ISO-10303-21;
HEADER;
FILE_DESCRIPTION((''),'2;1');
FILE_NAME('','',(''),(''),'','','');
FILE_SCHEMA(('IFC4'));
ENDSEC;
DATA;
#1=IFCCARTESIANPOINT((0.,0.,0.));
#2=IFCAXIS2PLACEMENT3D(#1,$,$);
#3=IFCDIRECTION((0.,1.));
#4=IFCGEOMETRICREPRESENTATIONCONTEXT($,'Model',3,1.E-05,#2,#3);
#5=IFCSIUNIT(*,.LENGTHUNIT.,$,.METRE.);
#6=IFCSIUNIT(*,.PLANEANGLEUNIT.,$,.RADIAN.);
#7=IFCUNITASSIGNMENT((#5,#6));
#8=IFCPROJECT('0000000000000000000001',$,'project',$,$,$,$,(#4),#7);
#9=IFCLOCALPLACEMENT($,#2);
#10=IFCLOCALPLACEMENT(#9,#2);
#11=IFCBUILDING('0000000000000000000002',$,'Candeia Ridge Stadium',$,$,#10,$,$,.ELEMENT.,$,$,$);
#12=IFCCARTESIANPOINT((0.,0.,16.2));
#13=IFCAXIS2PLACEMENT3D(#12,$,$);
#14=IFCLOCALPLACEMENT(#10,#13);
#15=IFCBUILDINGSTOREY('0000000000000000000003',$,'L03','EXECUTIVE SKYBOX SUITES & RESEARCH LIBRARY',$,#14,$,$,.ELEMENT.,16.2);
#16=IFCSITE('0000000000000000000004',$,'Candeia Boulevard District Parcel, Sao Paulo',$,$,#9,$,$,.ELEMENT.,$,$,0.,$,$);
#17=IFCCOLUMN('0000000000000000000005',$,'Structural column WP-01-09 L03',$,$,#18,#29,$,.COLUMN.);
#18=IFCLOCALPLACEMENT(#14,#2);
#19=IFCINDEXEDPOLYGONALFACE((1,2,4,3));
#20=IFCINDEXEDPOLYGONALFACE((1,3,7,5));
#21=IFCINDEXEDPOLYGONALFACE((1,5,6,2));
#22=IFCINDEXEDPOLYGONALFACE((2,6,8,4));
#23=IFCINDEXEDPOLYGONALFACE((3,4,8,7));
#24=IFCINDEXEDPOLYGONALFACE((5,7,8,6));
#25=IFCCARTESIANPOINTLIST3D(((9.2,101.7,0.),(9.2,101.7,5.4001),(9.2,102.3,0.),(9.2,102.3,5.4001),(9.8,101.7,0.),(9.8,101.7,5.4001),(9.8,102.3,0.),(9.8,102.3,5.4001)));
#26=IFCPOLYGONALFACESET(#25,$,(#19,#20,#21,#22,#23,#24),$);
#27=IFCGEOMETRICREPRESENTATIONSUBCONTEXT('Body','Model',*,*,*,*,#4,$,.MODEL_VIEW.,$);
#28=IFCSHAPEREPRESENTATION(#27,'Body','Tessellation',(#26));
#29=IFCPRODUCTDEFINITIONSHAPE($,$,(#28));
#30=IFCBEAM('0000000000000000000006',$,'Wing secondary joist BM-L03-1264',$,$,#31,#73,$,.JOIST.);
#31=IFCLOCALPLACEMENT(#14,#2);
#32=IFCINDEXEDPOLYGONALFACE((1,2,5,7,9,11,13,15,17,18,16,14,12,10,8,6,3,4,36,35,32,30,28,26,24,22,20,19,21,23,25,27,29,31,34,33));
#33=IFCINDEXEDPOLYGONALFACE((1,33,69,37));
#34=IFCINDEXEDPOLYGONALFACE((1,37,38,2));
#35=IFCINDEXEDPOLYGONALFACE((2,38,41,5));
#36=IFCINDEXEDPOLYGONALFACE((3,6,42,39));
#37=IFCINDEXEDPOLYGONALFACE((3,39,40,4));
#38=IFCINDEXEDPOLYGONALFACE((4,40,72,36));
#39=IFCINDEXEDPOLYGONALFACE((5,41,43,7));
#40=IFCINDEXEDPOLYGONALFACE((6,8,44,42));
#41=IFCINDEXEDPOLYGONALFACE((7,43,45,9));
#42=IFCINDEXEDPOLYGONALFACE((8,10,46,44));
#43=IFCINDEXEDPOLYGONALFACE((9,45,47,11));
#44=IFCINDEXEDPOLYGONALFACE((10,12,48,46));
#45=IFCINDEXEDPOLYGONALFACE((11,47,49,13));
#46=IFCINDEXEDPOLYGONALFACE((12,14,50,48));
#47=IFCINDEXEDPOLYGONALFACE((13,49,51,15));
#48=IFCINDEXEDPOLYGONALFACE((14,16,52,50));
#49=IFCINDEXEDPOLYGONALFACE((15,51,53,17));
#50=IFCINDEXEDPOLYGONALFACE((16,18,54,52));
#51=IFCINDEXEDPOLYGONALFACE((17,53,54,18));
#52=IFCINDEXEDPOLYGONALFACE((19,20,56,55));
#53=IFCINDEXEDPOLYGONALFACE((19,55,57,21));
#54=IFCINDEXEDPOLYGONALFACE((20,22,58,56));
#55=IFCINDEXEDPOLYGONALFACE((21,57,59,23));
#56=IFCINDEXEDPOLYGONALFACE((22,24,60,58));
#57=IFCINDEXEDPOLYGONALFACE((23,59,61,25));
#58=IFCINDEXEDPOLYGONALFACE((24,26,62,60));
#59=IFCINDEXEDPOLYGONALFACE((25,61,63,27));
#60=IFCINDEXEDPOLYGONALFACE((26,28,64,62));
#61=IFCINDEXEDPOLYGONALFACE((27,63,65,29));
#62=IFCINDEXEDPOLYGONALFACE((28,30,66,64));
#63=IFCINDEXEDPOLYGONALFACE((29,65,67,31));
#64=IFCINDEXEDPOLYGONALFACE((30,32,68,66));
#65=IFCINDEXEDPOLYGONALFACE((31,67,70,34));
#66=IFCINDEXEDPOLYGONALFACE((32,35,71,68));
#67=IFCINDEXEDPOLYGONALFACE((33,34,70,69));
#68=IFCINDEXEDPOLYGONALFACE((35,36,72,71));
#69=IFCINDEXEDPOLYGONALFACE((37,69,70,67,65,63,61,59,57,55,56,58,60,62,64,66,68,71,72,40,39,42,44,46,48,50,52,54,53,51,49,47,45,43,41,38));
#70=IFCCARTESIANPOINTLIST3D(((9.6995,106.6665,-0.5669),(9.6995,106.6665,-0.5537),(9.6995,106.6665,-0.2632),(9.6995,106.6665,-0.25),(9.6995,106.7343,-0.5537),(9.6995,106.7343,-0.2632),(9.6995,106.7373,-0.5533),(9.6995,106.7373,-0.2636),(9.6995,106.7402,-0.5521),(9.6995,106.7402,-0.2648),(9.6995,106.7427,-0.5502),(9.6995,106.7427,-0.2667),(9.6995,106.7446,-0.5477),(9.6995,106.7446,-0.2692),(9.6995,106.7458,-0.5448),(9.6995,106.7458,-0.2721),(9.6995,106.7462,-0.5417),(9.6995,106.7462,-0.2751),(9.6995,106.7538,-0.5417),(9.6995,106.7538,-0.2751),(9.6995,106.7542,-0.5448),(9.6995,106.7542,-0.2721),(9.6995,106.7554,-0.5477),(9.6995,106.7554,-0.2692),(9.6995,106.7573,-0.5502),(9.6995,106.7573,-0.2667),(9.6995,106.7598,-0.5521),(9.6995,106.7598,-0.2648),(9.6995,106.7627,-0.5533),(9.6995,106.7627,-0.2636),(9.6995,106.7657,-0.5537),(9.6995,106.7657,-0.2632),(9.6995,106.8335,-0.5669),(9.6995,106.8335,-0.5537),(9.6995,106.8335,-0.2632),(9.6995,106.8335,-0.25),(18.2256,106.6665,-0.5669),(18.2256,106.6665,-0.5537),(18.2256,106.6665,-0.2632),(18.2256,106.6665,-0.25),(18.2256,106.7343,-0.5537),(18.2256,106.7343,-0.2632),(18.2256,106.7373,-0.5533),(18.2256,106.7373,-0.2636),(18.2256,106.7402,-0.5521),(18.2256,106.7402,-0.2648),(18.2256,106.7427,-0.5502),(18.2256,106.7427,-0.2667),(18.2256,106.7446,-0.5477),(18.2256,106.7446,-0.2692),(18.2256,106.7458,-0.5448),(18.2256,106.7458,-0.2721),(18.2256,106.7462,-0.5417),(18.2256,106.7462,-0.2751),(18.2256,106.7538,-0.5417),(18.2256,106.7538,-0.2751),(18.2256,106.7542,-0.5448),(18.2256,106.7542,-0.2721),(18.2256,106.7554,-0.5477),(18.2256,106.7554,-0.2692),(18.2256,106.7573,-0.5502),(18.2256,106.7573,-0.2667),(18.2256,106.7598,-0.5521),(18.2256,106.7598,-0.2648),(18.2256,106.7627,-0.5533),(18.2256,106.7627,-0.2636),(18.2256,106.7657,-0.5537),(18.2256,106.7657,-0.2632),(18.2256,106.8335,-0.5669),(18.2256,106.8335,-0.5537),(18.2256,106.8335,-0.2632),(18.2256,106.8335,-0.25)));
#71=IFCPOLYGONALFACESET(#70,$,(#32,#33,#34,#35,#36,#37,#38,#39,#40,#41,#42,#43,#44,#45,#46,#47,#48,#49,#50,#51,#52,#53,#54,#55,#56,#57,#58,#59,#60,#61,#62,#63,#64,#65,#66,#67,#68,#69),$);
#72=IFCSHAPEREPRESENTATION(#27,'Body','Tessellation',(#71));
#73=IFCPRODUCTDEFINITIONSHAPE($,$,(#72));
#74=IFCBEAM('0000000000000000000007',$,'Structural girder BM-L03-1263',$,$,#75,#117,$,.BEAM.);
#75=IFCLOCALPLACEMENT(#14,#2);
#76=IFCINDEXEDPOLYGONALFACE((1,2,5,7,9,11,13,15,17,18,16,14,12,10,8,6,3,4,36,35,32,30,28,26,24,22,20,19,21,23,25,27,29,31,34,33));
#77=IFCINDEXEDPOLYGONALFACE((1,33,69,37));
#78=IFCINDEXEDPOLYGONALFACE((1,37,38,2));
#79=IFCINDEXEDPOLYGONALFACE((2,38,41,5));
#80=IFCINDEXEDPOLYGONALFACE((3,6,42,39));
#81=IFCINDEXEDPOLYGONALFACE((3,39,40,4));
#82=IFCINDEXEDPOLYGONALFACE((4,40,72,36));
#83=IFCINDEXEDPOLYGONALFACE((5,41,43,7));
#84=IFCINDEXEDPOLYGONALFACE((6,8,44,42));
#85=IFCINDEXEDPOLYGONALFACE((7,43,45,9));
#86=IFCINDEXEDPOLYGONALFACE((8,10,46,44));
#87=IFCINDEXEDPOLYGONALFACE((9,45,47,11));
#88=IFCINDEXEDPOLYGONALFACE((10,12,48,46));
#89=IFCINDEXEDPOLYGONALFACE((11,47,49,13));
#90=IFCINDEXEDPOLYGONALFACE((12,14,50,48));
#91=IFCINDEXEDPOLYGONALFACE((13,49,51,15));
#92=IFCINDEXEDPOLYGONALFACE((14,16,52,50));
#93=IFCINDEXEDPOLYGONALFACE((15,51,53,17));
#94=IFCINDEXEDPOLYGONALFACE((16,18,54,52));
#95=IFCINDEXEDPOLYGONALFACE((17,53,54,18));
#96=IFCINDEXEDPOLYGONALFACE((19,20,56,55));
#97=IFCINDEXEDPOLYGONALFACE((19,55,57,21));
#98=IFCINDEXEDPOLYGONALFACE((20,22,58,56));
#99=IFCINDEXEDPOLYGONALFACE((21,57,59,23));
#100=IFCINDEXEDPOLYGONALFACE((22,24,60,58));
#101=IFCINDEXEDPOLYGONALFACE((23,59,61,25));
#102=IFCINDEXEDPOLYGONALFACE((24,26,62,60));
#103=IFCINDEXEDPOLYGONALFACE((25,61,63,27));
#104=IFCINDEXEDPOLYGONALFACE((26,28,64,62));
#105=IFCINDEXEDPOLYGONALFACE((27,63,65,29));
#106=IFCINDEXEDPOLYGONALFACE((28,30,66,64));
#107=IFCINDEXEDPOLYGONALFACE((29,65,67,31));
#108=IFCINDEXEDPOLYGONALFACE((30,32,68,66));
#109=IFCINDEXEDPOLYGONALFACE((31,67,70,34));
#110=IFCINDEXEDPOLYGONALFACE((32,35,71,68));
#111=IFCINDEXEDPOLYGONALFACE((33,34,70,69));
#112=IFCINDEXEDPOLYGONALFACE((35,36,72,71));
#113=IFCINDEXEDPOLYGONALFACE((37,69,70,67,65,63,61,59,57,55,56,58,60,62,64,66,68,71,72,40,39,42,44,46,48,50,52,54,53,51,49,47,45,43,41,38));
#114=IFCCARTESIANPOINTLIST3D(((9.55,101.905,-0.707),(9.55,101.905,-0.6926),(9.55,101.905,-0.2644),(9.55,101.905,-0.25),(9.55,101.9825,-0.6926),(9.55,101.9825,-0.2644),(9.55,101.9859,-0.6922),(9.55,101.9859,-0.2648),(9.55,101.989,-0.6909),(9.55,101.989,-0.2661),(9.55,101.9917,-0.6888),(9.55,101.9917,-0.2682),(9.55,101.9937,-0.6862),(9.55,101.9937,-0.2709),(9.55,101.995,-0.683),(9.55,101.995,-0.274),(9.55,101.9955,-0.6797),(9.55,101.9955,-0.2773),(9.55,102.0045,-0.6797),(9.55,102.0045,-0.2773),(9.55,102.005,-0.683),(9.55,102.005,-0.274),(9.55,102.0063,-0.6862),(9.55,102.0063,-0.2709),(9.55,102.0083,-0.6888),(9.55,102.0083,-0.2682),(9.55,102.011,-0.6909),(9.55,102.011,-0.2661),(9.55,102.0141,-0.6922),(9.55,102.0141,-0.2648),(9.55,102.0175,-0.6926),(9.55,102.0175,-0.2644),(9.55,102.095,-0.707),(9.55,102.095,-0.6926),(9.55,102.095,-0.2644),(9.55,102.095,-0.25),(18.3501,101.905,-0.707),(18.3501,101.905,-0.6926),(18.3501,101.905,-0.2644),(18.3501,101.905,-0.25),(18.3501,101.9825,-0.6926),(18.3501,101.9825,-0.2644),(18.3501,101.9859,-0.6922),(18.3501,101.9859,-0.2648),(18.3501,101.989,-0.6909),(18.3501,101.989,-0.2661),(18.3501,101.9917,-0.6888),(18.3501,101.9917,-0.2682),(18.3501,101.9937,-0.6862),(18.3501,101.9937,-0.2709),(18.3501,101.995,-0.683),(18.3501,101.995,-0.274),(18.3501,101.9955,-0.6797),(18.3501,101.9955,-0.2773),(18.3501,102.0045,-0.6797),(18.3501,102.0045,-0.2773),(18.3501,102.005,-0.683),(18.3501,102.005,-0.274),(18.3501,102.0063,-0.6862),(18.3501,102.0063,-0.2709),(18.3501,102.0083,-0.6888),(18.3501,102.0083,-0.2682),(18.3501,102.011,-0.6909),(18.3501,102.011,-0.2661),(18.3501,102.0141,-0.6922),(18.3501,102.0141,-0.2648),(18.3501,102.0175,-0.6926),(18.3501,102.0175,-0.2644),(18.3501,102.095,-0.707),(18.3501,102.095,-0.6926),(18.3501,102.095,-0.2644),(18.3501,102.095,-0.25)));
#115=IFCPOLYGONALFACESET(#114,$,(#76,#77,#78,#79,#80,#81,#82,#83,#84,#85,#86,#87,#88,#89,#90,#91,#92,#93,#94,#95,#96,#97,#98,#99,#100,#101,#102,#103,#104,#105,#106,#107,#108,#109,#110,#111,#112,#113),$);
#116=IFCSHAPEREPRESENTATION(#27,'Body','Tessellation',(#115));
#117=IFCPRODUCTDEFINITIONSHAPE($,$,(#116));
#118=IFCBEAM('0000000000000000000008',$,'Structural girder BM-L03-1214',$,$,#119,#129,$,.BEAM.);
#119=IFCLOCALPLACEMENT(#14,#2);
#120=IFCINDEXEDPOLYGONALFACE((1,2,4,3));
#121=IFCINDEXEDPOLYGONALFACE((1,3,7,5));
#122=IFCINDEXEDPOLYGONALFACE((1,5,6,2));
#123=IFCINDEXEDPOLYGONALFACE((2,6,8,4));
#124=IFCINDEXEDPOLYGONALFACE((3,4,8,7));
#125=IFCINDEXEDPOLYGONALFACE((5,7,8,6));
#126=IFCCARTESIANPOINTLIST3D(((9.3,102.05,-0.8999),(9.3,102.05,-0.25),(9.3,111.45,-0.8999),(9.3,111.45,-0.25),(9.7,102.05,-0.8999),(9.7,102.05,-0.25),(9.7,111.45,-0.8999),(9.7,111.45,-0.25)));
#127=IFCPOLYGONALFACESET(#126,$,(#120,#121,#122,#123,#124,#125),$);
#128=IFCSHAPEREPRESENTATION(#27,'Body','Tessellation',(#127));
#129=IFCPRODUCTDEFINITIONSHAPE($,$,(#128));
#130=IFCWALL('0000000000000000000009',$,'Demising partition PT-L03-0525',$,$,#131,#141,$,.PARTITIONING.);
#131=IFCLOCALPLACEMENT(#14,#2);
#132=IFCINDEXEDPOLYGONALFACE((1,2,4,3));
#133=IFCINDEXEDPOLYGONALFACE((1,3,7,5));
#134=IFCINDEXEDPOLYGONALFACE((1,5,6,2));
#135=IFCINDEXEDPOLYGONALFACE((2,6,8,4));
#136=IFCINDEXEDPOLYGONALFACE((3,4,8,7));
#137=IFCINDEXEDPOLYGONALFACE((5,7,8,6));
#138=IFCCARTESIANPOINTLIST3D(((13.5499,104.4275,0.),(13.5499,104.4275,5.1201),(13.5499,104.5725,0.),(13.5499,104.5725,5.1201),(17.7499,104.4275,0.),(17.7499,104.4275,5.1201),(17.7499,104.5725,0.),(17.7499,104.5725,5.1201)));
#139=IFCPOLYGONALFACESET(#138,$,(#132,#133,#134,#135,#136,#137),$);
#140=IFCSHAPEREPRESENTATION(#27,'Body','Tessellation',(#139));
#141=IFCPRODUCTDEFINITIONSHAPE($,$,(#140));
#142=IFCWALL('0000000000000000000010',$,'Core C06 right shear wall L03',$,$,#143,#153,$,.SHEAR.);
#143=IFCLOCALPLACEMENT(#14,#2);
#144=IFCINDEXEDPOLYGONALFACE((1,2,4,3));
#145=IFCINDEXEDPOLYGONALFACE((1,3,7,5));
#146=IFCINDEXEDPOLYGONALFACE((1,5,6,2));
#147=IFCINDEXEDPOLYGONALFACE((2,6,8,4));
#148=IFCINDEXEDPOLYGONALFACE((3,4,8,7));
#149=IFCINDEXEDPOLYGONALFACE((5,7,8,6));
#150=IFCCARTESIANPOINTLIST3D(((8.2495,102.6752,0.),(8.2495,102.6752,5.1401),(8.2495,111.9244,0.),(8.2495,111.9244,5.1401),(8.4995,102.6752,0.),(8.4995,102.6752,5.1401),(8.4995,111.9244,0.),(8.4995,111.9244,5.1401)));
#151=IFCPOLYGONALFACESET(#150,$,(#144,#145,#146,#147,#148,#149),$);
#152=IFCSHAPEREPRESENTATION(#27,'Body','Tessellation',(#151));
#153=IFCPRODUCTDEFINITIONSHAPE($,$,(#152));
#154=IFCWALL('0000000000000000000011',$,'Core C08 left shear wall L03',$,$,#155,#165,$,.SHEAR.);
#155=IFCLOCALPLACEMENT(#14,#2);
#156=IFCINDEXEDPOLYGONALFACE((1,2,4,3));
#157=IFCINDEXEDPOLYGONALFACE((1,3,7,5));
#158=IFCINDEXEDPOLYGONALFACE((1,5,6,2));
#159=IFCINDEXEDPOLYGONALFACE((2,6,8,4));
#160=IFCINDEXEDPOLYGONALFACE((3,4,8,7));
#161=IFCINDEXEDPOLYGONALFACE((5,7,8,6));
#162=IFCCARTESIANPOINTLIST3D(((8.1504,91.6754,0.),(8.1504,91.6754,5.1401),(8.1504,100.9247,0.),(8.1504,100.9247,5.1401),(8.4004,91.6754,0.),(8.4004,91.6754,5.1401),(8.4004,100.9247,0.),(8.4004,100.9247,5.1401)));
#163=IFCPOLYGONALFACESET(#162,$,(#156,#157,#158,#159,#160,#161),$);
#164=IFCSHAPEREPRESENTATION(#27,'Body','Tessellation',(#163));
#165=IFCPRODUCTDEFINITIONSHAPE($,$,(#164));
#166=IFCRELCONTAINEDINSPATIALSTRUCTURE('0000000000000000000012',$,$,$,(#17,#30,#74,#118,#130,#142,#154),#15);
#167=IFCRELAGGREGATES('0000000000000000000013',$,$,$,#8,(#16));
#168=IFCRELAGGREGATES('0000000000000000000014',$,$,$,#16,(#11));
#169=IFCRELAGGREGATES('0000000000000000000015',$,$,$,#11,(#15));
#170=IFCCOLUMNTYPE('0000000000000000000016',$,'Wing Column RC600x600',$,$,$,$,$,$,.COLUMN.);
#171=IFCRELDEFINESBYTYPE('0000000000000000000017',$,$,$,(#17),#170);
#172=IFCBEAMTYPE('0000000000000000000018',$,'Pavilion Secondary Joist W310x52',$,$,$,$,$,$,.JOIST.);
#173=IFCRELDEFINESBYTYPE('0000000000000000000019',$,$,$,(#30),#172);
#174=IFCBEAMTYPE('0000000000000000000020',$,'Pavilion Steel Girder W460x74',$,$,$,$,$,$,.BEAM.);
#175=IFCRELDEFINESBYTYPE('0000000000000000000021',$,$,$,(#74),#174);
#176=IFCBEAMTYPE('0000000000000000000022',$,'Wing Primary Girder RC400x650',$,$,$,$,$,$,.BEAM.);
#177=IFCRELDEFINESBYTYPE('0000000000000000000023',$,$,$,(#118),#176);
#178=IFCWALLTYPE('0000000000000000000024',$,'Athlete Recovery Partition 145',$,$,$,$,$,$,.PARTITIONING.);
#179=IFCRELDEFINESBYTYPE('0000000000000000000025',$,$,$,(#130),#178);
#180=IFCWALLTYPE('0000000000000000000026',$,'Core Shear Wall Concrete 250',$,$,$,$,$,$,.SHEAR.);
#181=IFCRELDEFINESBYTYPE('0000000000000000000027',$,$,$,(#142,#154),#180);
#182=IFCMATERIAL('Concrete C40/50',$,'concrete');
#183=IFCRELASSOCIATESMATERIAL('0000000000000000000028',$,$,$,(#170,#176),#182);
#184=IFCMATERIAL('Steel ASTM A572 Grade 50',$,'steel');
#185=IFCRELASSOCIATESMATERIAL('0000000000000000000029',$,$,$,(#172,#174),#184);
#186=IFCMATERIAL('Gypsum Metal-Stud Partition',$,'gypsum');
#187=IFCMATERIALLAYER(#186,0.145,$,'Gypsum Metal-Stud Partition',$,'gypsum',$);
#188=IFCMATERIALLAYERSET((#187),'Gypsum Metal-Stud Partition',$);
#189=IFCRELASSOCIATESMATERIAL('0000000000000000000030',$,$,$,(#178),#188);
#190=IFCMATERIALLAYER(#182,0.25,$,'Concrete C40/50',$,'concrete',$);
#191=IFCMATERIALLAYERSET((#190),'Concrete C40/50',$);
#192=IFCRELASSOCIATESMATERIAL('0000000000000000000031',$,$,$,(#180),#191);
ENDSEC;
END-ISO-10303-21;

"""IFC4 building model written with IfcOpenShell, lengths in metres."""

from ifc_helpers import new_model, si_unit, direction, frame, frame_2d, origin, origin_2d, place, context, subcontext, project, spatial, rectangle, i_section, extrude, material, layer, layer_set, material_profile, profile_set, type_object, element, save


model = new_model("IFC4")

# Units and contexts
model_context = context("Model", 3, precision=1e-05, world=origin(), true_north=direction((0.0, 1.0)))
body_context = subcontext(model_context, "Body", "Model", "MODEL_VIEW")
ifc_project = project(units=[si_unit("LENGTHUNIT", "METRE"), si_unit("PLANEANGLEUNIT", "RADIAN")], contexts=[model_context])

# Site, building, storey
site_placement = place(None, origin())
site = spatial("IfcSite", under=ifc_project, at=site_placement, Name="Candeia Boulevard District Parcel, Sao Paulo", CompositionType="ELEMENT", RefElevation=0.0)
building_placement = place(site_placement, origin())
building = spatial("IfcBuilding", under=site, at=building_placement, Name="Candeia Ridge Stadium", CompositionType="ELEMENT")
storey_placement = place(building_placement, frame((0.0, 0.0, 16.2)))
storey = spatial("IfcBuildingStorey", under=building, at=storey_placement, Name="L03", Description="EXECUTIVE SKYBOX SUITES & RESEARCH LIBRARY", CompositionType="ELEMENT", Elevation=16.2)

# Column
ifc_material_1 = material(Name="Concrete C40/50", Category="concrete")
ifc_material_profile_1 = material_profile(ifc_material_1, rectangle(XDim=0.6001, YDim=0.6001, at=origin_2d()), Name="RC600x600", Category="concrete")
ifc_profile_set_1 = profile_set([ifc_material_profile_1], Name="Concrete C40/50")
column_type = type_object("IfcColumnType", Name="Wing Column RC600x600", PredefinedType="COLUMN", material=ifc_profile_set_1)
column_placement = place(storey_placement, frame((9.5, 102.0, 0.0), z_axis=(0.0, 0.0, 1.0), x_axis=(1.0, 0.0, 0.0)))
element("IfcColumn", 1, at=column_placement, inside=storey, type_object=column_type, Name="Structural column WP-01-09 L03", PredefinedType="COLUMN", context=body_context, shape_type="SweptSolid", body=[
    extrude(rectangle(XDim=0.6001, YDim=0.6001, at=origin_2d()), origin(), (0.0, 0.0, 1.0), 5.4001),
])

# Beams
ifc_material_2 = material(Name="Steel ASTM A572 Grade 50", Category="steel")
ifc_material_profile_2 = material_profile(ifc_material_2, i_section(OverallWidth=0.167, OverallDepth=0.3169, WebThickness=0.0076, FlangeThickness=0.0132, FilletRadius=0.012, at=origin_2d()), Name="W310x52", Category="steel")
ifc_profile_set_2 = profile_set([ifc_material_profile_2], Name="Steel ASTM A572 Grade 50")
beam_type_1 = type_object("IfcBeamType", Name="Pavilion Secondary Joist W310x52", PredefinedType="JOIST", material=ifc_profile_set_2)
beam_1_placement = place(storey_placement, frame((9.6995, 106.75, -0.4084), z_axis=(1.0, 0.0, 0.0), x_axis=(0.0, 1.0, 0.0)))
element("IfcBeam", 2, at=beam_1_placement, inside=storey, type_object=beam_type_1, Name="Wing secondary joist BM-L03-1264", PredefinedType="JOIST", context=body_context, shape_type="SweptSolid", body=[
    extrude(i_section(OverallWidth=0.167, OverallDepth=0.3169, WebThickness=0.0076, FlangeThickness=0.0132, FilletRadius=0.012, at=origin_2d()), origin(), (0.0, 0.0, 1.0), 8.5261),
])
ifc_material_profile_3 = material_profile(ifc_material_2, i_section(OverallWidth=0.1899, OverallDepth=0.457, WebThickness=0.009, FlangeThickness=0.0144, FilletRadius=0.0129, at=origin_2d()), Name="W460x74", Category="steel")
ifc_profile_set_3 = profile_set([ifc_material_profile_3], Name="Steel ASTM A572 Grade 50")
beam_type_2 = type_object("IfcBeamType", Name="Pavilion Steel Girder W460x74", PredefinedType="BEAM", material=ifc_profile_set_3)
beam_2_placement = place(storey_placement, frame((9.55, 102.0, -0.4785), z_axis=(1.0, 0.0, 0.0), x_axis=(0.0, 1.0, 0.0)))
element("IfcBeam", 3, at=beam_2_placement, inside=storey, type_object=beam_type_2, Name="Structural girder BM-L03-1263", PredefinedType="BEAM", context=body_context, shape_type="SweptSolid", body=[
    extrude(i_section(OverallWidth=0.1899, OverallDepth=0.457, WebThickness=0.009, FlangeThickness=0.0144, FilletRadius=0.0129, at=origin_2d()), origin(), (0.0, 0.0, 1.0), 8.8),
])
ifc_material_profile_4 = material_profile(ifc_material_1, rectangle(XDim=0.3999, YDim=0.6499, at=origin_2d()), Name="RC400x650", Category="concrete")
ifc_profile_set_4 = profile_set([ifc_material_profile_4], Name="Concrete C40/50")
beam_type_3 = type_object("IfcBeamType", Name="Wing Primary Girder RC400x650", PredefinedType="BEAM", material=ifc_profile_set_4)
beam_3_placement = place(storey_placement, frame((9.5, 102.05, -0.575), z_axis=(0.0, 1.0, 0.0), x_axis=(-1.0, 0.0, 0.0)))
element("IfcBeam", 4, at=beam_3_placement, inside=storey, type_object=beam_type_3, Name="Structural girder BM-L03-1214", PredefinedType="BEAM", context=body_context, shape_type="SweptSolid", body=[
    extrude(rectangle(XDim=0.3999, YDim=0.6499, at=origin_2d()), origin(), (0.0, 0.0, 1.0), 9.3999),
])

# Walls
ifc_material_3 = material(Name="Gypsum Metal-Stud Partition", Category="gypsum")
ifc_layer_1 = layer(ifc_material_3, 0.145, Name="Gypsum Metal-Stud Partition", Category="gypsum")
ifc_layer_set_1 = layer_set([ifc_layer_1], Name="Gypsum Metal-Stud Partition")
wall_type_1 = type_object("IfcWallType", Name="Athlete Recovery Partition 145", PredefinedType="PARTITIONING", material=ifc_layer_set_1)
wall_1_placement = place(storey_placement, frame((17.75, 104.5, 0.0), z_axis=(0.0, 0.0, 1.0), x_axis=(-1.0, 0.0, 0.0)))
element("IfcWall", 5, at=wall_1_placement, inside=storey, type_object=wall_type_1, Name="Demising partition PT-L03-0525", PredefinedType="PARTITIONING", context=body_context, shape_type="SweptSolid", body=[
    extrude(rectangle(XDim=4.2, YDim=0.145, at=frame_2d((2.1001, 0.0))), origin(), (0.0, 0.0, 1.0), 5.1201),
])
ifc_layer_2 = layer(ifc_material_1, 0.25, Name="Concrete C40/50", Category="concrete")
ifc_layer_set_2 = layer_set([ifc_layer_2], Name="Concrete C40/50")
wall_type_2 = type_object("IfcWallType", Name="Core Shear Wall Concrete 250", PredefinedType="SHEAR", material=ifc_layer_set_2)
for number, where, z_axis, x_axis, name in (
    (6, (8.3745, 102.6753, 0.0), (0.0, 0.0, 1.0), (0.0, 1.0, 0.0), "Core C06 right shear wall L03"),
    (7, (8.2754, 100.9246, 0.0), (0.0, 0.0, 1.0), (0.0, -1.0, 0.0), "Core C08 left shear wall L03"),
):
    element("IfcWall", number, at=place(storey_placement, frame(where, z_axis=z_axis, x_axis=x_axis)), inside=storey, type_object=wall_type_2, Name=name, PredefinedType="SHEAR", context=body_context, shape_type="SweptSolid", body=[
        extrude(rectangle(XDim=9.2493, YDim=0.25, at=frame_2d((4.6245, 0.0))), origin(), (0.0, 0.0, 1.0), 5.1401),
    ])

save(model, "model.ifc")
